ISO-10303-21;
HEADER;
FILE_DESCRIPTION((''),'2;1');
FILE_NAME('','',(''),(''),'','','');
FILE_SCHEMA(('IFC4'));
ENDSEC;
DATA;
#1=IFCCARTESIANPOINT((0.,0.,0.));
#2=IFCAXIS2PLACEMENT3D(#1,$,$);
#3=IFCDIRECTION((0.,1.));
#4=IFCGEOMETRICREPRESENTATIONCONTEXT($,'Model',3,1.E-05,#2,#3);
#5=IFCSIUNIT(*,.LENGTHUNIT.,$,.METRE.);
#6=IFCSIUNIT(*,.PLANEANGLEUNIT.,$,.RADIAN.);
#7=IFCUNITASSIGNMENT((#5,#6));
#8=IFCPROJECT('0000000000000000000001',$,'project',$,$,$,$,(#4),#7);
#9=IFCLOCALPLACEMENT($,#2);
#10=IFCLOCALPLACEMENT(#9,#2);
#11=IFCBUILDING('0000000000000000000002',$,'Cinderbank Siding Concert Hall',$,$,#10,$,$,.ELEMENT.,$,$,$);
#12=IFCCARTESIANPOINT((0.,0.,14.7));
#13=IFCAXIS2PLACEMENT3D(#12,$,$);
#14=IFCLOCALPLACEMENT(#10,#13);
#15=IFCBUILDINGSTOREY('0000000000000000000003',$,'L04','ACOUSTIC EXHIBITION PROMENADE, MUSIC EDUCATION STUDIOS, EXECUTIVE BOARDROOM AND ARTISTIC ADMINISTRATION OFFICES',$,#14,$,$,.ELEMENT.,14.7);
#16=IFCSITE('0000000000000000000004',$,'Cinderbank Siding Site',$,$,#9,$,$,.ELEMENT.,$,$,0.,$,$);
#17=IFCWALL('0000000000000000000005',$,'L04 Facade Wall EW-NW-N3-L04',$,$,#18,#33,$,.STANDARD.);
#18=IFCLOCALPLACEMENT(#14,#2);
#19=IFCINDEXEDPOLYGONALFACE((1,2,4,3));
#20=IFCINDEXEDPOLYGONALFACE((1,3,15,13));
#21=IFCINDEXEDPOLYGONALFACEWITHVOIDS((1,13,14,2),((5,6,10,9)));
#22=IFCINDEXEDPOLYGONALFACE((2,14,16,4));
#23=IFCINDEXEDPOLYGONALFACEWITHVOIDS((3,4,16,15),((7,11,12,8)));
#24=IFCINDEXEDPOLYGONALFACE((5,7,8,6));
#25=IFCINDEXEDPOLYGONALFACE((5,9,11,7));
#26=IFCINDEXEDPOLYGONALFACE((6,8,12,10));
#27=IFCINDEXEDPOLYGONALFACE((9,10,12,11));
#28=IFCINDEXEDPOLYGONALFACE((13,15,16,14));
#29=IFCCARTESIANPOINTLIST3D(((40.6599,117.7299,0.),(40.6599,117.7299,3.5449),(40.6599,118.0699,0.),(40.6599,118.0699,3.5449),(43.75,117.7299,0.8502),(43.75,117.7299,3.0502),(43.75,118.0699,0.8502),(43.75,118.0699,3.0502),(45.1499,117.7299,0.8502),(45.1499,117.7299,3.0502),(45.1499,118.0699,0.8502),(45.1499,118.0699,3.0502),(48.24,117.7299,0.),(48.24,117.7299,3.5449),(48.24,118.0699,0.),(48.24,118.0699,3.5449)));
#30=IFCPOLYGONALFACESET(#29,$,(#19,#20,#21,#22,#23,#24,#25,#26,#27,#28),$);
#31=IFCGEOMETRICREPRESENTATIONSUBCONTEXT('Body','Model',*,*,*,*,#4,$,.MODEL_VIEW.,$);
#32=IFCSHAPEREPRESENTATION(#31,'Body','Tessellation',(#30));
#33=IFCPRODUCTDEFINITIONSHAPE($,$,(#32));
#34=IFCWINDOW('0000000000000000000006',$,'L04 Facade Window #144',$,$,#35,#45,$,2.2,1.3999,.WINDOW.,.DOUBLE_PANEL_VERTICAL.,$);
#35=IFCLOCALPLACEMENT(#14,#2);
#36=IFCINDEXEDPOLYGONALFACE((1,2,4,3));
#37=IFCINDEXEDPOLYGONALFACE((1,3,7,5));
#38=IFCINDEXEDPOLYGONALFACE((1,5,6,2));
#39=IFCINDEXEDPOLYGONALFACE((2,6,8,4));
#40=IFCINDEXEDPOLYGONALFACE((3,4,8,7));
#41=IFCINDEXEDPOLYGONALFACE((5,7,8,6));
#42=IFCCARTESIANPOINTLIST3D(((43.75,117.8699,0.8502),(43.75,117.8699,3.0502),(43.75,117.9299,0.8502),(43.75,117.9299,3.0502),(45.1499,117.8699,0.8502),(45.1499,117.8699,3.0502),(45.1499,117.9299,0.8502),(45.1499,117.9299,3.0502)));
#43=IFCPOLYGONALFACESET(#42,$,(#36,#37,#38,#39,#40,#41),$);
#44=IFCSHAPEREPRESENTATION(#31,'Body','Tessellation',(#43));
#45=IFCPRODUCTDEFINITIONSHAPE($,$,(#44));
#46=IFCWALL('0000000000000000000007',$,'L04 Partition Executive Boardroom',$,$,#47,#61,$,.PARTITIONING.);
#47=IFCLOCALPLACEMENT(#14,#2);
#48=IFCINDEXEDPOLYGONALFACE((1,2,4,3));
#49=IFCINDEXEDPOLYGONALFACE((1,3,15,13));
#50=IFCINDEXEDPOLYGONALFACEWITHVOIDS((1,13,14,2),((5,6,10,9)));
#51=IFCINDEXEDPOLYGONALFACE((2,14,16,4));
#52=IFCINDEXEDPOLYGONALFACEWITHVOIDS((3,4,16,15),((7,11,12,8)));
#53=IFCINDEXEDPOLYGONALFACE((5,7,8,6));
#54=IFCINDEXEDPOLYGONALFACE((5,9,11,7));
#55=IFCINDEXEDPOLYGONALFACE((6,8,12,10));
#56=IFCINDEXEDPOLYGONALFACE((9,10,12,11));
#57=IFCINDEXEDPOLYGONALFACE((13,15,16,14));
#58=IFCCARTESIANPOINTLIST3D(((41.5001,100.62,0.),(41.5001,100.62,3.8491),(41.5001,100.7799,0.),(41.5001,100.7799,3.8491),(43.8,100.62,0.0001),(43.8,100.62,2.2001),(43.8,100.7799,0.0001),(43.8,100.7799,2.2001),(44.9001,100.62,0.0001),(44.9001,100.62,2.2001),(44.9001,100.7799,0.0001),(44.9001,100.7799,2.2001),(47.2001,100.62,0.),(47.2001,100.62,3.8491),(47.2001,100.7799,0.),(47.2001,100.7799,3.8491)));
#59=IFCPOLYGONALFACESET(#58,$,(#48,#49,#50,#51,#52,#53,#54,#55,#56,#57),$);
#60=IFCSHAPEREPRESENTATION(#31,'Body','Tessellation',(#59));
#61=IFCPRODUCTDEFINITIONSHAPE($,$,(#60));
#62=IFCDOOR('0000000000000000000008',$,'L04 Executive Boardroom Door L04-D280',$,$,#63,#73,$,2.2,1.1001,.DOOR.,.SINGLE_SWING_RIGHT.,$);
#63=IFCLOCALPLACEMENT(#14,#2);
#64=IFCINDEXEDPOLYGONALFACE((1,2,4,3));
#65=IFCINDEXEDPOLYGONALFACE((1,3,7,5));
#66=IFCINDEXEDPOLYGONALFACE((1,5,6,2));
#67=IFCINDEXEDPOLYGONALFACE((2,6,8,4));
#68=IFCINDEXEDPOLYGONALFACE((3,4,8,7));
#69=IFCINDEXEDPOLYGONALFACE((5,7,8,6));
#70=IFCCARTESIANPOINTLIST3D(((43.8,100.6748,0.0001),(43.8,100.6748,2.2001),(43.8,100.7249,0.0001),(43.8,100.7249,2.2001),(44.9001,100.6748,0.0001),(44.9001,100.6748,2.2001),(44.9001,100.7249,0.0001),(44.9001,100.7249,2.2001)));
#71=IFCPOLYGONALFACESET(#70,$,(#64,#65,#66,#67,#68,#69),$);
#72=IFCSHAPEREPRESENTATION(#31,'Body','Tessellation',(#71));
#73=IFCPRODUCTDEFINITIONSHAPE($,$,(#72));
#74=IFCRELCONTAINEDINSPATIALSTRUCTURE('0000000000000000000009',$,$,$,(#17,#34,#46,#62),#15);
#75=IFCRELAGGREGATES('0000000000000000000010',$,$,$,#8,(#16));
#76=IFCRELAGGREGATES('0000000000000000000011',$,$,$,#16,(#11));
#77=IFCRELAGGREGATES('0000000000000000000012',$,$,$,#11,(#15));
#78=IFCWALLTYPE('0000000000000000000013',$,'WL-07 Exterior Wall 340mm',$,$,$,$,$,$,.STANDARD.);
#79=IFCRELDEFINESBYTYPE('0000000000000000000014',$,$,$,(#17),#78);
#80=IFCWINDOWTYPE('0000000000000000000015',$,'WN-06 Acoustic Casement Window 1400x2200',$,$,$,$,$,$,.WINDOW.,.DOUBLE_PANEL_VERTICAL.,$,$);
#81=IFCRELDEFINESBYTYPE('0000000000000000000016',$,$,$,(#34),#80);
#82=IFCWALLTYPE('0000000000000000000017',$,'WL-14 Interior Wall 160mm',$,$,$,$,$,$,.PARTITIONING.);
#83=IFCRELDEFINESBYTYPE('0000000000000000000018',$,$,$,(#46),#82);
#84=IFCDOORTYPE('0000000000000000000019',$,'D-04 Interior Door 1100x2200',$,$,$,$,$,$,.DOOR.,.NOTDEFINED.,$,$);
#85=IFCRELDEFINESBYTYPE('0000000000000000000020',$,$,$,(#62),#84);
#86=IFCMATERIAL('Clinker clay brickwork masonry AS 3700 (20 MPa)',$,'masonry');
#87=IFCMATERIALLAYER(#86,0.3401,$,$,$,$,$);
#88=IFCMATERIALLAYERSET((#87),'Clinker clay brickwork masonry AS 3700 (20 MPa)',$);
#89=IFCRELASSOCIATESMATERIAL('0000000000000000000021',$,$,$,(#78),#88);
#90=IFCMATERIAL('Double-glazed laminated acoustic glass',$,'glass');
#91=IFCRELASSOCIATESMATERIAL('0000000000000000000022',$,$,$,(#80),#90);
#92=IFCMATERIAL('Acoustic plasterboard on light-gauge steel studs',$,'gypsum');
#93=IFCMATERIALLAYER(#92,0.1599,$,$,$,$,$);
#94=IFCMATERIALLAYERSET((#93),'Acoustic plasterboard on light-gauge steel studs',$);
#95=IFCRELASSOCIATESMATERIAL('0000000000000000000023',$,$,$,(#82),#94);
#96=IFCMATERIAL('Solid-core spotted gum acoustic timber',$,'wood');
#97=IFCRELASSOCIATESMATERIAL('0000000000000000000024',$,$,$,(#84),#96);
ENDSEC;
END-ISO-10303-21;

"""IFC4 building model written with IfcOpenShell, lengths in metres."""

from ifc_helpers import new_model, si_unit, direction, frame, frame_2d, origin, place, context, subcontext, project, spatial, rectangle, extrude, material, layer, layer_set, type_object, element, fill, save


model = new_model("IFC4")

# Units and contexts
model_context = context("Model", 3, precision=1e-05, world=origin(), true_north=direction((0.0, 1.0)))
body_context = subcontext(model_context, "Body", "Model", "MODEL_VIEW")
ifc_project = project(units=[si_unit("LENGTHUNIT", "METRE"), si_unit("PLANEANGLEUNIT", "RADIAN")], contexts=[model_context])

# Site, building, storey
site_placement = place(None, origin())
site = spatial("IfcSite", under=ifc_project, at=site_placement, Name="Cinderbank Siding Site", CompositionType="ELEMENT", RefElevation=0.0)
building_placement = place(site_placement, origin())
building = spatial("IfcBuilding", under=site, at=building_placement, Name="Cinderbank Siding Concert Hall", CompositionType="ELEMENT")
storey_placement = place(building_placement, frame((0.0, 0.0, 14.7)))
storey = spatial("IfcBuildingStorey", under=building, at=storey_placement, Name="L04", Description="ACOUSTIC EXHIBITION PROMENADE, MUSIC EDUCATION STUDIOS, EXECUTIVE BOARDROOM AND ARTISTIC ADMINISTRATION OFFICES", CompositionType="ELEMENT", Elevation=14.7)

# Wall, opening, window
ifc_material_1 = material(Name="Clinker clay brickwork masonry AS 3700 (20 MPa)", Category="masonry")
ifc_layer_1 = layer(ifc_material_1, 0.3401)
ifc_layer_set_1 = layer_set([ifc_layer_1], Name="Clinker clay brickwork masonry AS 3700 (20 MPa)")
wall_type_1 = type_object("IfcWallType", Name="WL-07 Exterior Wall 340mm", PredefinedType="STANDARD", material=ifc_layer_set_1)
ifc_material_2 = material(Name="Double-glazed laminated acoustic glass", Category="glass")
wall_1_placement = place(storey_placement, frame((40.6599, 117.8999, 0.0), z_axis=(0.0, 0.0, 1.0), x_axis=(1.0, 0.0, 0.0)))
wall_1 = element("IfcWall", 1, at=wall_1_placement, inside=storey, type_object=wall_type_1, Name="L04 Facade Wall EW-NW-N3-L04", PredefinedType="STANDARD", context=body_context, shape_type="SweptSolid", body=[
    extrude(rectangle(XDim=7.5801, YDim=0.3401, at=frame_2d((3.79, 0.0))), origin(), (0.0, 0.0, 1.0), 3.5449),
])
opening_1_placement = place(wall_1_placement, frame((3.0901, 0.0, 0.8501)))
opening_1 = element("IfcOpeningElement", 2, at=opening_1_placement, cuts=wall_1, PredefinedType="OPENING", context=body_context, shape_type="SweptSolid", body=[
    extrude(rectangle(XDim=1.3999, YDim=2.2, at=frame_2d((0.7, 1.1001))), frame((0.0, 0.1821, 0.0), z_axis=(0.0, -1.0, 0.0), x_axis=(1.0, 0.0, 0.0)), (0.0, 0.0, 1.0), 0.364),
])
window_type_1 = type_object("IfcWindowType", Name="WN-06 Acoustic Casement Window 1400x2200", PartitioningType="DOUBLE_PANEL_VERTICAL", PredefinedType="WINDOW", material=ifc_material_2)
window_1_placement = place(opening_1_placement, origin())
window_1 = element("IfcWindow", 3, at=window_1_placement, inside=storey, type_object=window_type_1, Name="L04 Facade Window #144", OverallHeight=2.2, OverallWidth=1.3999, PartitioningType="DOUBLE_PANEL_VERTICAL", PredefinedType="WINDOW", context=body_context, shape_type="SweptSolid", body=[
    extrude(rectangle(XDim=1.3999, YDim=2.2, at=frame_2d((0.7, 1.1001))), frame((0.0, 0.03, 0.0), z_axis=(0.0, -1.0, 0.0), x_axis=(1.0, 0.0, 0.0)), (0.0, 0.0, 1.0), 0.0601),
])
fill(opening_1, window_1)

# Wall, opening, door
ifc_material_3 = material(Name="Acoustic plasterboard on light-gauge steel studs", Category="gypsum")
ifc_layer_2 = layer(ifc_material_3, 0.1599)
ifc_layer_set_2 = layer_set([ifc_layer_2], Name="Acoustic plasterboard on light-gauge steel studs")
wall_type_2 = type_object("IfcWallType", Name="WL-14 Interior Wall 160mm", PredefinedType="PARTITIONING", material=ifc_layer_set_2)
wall_2_placement = place(storey_placement, frame((41.5, 100.7, 0.0), z_axis=(0.0, 0.0, 1.0), x_axis=(1.0, 0.0, 0.0)))
wall_2 = element("IfcWall", 4, at=wall_2_placement, inside=storey, type_object=wall_type_2, Name="L04 Partition Executive Boardroom", PredefinedType="PARTITIONING", context=body_context, shape_type="SweptSolid", body=[
    extrude(rectangle(XDim=5.7, YDim=0.1599, at=frame_2d((2.8501, 0.0))), origin(), (0.0, 0.0, 1.0), 3.8491),
])
opening_2_placement = place(wall_2_placement, frame((2.3, 0.0, 0.0)))
opening_2 = element("IfcOpeningElement", 5, at=opening_2_placement, cuts=wall_2, PredefinedType="OPENING", context=body_context, shape_type="SweptSolid", body=[
    extrude(rectangle(XDim=1.1001, YDim=2.2, at=frame_2d((0.55, 1.1001))), frame((0.0, 0.0918, 0.0), z_axis=(0.0, -1.0, 0.0), x_axis=(1.0, 0.0, 0.0)), (0.0, 0.0, 1.0), 0.1838),
])
ifc_material_4 = material(Name="Solid-core spotted gum acoustic timber", Category="wood")
door_type = type_object("IfcDoorType", Name="D-04 Interior Door 1100x2200", OperationType="NOTDEFINED", PredefinedType="DOOR", material=ifc_material_4)
door_placement = place(opening_2_placement, origin())
door = element("IfcDoor", 6, at=door_placement, inside=storey, type_object=door_type, Name="L04 Executive Boardroom Door L04-D280", OperationType="SINGLE_SWING_RIGHT", OverallHeight=2.2, OverallWidth=1.1001, PredefinedType="DOOR", context=body_context, shape_type="SweptSolid", body=[
    extrude(rectangle(XDim=1.1001, YDim=2.2, at=frame_2d((0.55, 1.1001))), frame((0.0, 0.0249, 0.0), z_axis=(0.0, -1.0, 0.0), x_axis=(1.0, 0.0, 0.0)), (0.0, 0.0, 1.0), 0.05),
])
fill(opening_2, door)

save(model, "model.ifc")
